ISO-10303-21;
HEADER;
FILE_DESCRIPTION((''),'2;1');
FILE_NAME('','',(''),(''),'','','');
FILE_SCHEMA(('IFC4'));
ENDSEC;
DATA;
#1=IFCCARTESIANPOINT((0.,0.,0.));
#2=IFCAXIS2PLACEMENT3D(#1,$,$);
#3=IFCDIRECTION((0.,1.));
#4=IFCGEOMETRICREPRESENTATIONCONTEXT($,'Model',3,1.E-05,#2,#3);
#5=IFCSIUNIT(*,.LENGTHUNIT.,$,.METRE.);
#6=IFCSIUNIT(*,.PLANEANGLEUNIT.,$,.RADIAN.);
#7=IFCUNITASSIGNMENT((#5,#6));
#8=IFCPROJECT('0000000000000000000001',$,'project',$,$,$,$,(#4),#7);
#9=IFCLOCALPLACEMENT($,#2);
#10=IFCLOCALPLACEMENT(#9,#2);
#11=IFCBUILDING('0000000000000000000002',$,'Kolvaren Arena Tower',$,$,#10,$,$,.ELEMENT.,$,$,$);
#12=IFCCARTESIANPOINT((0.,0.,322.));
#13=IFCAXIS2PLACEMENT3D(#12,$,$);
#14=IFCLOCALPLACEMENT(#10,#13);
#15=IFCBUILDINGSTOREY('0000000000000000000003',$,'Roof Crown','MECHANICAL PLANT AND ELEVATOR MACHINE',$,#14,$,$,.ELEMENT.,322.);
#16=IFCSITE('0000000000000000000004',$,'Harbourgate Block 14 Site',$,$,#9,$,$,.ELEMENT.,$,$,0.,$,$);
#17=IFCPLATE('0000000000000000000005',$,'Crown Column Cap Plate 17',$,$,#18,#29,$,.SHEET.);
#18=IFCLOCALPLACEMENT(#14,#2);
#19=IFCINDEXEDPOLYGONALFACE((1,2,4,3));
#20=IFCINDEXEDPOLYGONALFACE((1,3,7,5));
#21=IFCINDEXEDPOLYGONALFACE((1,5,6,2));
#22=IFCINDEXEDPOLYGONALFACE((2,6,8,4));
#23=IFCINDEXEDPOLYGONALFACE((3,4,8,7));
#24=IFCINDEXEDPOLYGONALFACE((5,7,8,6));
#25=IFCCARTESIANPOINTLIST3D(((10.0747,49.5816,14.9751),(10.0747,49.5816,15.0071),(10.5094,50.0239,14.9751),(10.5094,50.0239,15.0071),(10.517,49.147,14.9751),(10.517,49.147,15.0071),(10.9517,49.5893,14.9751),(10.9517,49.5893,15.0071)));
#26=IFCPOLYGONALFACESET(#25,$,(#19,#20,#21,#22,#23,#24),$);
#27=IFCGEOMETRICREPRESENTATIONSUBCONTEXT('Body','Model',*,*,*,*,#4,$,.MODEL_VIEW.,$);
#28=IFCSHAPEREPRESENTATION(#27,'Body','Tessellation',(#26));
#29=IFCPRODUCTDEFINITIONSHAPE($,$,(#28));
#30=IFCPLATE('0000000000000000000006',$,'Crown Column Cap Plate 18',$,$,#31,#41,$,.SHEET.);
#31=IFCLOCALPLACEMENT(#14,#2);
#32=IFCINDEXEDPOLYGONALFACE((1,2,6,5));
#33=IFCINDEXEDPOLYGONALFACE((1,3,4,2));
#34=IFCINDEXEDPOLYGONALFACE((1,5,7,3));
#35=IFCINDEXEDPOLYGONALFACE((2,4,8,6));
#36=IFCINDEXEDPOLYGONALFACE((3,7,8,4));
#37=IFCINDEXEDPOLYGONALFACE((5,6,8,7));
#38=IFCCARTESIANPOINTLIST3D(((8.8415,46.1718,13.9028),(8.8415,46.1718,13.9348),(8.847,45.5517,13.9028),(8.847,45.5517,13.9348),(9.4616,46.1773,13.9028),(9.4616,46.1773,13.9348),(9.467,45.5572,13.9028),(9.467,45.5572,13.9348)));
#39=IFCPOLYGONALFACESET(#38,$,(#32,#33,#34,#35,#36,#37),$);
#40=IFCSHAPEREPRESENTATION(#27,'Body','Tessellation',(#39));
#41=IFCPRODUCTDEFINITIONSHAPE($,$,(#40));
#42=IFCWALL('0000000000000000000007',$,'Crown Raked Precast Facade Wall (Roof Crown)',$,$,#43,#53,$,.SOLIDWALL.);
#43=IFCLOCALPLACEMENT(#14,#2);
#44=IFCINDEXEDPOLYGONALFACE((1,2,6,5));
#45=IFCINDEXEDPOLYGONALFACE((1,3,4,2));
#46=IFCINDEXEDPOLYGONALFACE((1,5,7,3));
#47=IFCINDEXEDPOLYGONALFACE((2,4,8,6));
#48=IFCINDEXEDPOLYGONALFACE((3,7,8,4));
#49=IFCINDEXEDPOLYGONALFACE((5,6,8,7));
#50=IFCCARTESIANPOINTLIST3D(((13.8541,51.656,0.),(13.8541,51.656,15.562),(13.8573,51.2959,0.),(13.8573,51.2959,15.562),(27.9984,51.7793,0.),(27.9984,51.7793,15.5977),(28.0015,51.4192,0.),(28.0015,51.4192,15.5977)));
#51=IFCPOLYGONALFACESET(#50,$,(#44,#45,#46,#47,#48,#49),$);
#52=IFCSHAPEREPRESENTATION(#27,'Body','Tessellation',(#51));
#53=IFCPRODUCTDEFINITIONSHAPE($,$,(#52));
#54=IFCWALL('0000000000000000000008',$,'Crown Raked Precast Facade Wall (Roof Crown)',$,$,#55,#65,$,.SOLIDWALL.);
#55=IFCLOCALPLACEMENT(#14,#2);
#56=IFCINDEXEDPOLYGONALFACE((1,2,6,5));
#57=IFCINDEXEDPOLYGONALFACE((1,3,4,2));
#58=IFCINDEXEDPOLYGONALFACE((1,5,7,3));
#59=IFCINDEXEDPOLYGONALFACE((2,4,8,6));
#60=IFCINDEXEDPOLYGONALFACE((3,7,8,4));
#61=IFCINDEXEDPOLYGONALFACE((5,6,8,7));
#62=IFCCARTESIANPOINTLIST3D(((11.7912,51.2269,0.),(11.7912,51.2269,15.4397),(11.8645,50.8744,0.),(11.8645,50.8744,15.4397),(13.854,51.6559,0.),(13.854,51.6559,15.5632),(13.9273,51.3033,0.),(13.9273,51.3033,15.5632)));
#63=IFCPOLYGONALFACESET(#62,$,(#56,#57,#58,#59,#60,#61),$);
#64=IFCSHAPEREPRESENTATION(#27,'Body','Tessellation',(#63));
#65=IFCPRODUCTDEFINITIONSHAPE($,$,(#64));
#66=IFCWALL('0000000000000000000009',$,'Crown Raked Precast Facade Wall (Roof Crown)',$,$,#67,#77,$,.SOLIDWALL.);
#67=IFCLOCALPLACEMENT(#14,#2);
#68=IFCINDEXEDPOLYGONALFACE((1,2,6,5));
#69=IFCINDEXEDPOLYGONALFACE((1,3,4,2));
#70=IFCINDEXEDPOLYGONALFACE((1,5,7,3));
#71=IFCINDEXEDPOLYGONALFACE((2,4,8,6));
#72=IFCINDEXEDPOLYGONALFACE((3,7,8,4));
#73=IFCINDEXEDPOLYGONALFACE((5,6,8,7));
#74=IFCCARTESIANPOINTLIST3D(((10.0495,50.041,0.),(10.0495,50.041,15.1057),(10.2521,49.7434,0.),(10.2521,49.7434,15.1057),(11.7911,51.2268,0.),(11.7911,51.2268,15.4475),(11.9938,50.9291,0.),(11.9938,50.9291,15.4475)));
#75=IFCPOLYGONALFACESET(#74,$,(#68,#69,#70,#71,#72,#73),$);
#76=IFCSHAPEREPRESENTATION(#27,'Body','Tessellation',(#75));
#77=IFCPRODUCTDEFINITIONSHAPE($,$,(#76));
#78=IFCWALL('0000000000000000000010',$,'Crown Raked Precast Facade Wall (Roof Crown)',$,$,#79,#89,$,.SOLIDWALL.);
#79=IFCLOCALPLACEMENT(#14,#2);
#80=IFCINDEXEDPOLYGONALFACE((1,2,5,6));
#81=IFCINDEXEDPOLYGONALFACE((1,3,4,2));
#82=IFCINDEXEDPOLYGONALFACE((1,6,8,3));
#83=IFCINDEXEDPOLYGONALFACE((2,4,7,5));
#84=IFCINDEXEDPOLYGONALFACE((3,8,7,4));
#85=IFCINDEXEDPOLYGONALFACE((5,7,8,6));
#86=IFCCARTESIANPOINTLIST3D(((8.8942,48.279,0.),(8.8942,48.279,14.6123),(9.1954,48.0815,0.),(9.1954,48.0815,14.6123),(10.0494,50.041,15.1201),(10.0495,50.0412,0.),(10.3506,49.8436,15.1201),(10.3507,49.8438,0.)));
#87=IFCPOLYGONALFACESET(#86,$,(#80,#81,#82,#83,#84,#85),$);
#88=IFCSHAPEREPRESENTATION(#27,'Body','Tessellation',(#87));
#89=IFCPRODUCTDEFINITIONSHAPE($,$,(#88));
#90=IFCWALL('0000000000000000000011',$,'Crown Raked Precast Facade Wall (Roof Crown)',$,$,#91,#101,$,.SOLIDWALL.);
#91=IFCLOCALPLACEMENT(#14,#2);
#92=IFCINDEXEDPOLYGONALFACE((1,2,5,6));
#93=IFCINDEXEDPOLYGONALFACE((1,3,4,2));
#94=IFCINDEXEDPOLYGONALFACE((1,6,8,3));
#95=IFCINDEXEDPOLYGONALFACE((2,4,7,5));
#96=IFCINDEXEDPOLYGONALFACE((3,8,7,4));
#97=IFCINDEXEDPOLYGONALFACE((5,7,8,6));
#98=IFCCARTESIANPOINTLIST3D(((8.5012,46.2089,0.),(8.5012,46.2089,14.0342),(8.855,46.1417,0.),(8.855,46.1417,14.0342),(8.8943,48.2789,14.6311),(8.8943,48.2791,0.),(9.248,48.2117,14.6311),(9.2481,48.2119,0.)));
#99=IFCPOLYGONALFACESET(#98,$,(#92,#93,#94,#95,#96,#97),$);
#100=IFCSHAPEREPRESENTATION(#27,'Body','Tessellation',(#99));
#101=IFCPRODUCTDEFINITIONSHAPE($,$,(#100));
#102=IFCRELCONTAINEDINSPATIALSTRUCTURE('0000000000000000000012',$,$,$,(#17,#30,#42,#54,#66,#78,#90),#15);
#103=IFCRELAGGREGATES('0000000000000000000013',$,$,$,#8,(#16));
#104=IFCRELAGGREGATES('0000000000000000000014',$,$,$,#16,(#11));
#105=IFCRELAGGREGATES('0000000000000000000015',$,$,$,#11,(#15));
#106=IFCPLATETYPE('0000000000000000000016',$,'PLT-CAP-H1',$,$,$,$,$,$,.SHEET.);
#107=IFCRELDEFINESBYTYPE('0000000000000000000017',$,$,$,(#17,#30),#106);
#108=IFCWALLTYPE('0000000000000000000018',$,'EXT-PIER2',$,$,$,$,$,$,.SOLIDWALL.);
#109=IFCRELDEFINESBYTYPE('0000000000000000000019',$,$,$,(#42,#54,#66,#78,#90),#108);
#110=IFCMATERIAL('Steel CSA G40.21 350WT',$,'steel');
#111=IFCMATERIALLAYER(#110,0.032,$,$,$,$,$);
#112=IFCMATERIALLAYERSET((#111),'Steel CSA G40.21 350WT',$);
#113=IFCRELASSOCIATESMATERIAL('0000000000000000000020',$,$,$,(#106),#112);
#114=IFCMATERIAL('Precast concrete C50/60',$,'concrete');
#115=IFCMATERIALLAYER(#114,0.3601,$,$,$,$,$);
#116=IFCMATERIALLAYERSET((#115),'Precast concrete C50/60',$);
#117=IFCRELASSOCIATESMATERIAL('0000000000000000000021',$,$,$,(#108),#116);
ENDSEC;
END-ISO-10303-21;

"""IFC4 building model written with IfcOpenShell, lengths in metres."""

from ifc_helpers import new_model, si_unit, direction, frame, origin, origin_2d, place, context, subcontext, project, spatial, polyline, rectangle, outline, extrude, material, layer, layer_set, type_object, element, save


model = new_model("IFC4")

# Units and contexts
model_context = context("Model", 3, precision=1e-05, world=origin(), true_north=direction((0.0, 1.0)))
body_context = subcontext(model_context, "Body", "Model", "MODEL_VIEW")
ifc_project = project(units=[si_unit("LENGTHUNIT", "METRE"), si_unit("PLANEANGLEUNIT", "RADIAN")], contexts=[model_context])

# Site, building, storey
site_placement = place(None, origin())
site = spatial("IfcSite", under=ifc_project, at=site_placement, Name="Harbourgate Block 14 Site", CompositionType="ELEMENT", RefElevation=0.0)
building_placement = place(site_placement, origin())
building = spatial("IfcBuilding", under=site, at=building_placement, Name="Kolvaren Arena Tower", CompositionType="ELEMENT")
storey_placement = place(building_placement, frame((0.0, 0.0, 322.0)))
storey = spatial("IfcBuildingStorey", under=building, at=storey_placement, Name="Roof Crown", Description="MECHANICAL PLANT AND ELEVATOR MACHINE", CompositionType="ELEMENT", Elevation=322.0)

# Shared definitions
ifc_material_1 = material(Name="Precast concrete C50/60", Category="concrete")

# Plates
ifc_material_2 = material(Name="Steel CSA G40.21 350WT", Category="steel")
ifc_layer_1 = layer(ifc_material_2, 0.032)
ifc_layer_set_1 = layer_set([ifc_layer_1], Name="Steel CSA G40.21 350WT")
plate_type_1 = type_object("IfcPlateType", Name="PLT-CAP-H1", PredefinedType="SHEET", material=ifc_layer_set_1)
for number, where, z_axis, x_axis, name in (
    (1, (10.5132, 49.5854, 14.9751), (0.0, 0.0, 1.0), (0.700909, 0.71325, 0.0), "Crown Column Cap Plate 17"),
    (2, (9.1543, 45.8645, 13.9028), (0.0, 0.0, 1.0), (-0.008727, 0.999962, 0.0), "Crown Column Cap Plate 18"),
):
    element("IfcPlate", number, at=place(storey_placement, frame(where, z_axis=z_axis, x_axis=x_axis)), inside=storey, type_object=plate_type_1, Name=name, PredefinedType="SHEET", context=body_context, shape_type="SweptSolid", body=[
        extrude(rectangle(XDim=0.6201, YDim=0.6201, at=origin_2d()), origin(), (0.0, 0.0, 1.0), 0.032),
    ])

# Walls
ifc_layer_2 = layer(ifc_material_1, 0.3601)
ifc_layer_set_2 = layer_set([ifc_layer_2], Name="Precast concrete C50/60")
wall_type = type_object("IfcWallType", Name="EXT-PIER2", PredefinedType="SOLIDWALL", material=ifc_layer_set_2)
wall_1_placement = place(storey_placement, frame((13.8557, 51.4758, 0.0), z_axis=(0.0, 0.0, 1.0), x_axis=(0.999962, 0.008716, 0.0)))
element("IfcWall", 3, at=wall_1_placement, inside=storey, type_object=wall_type, Name="Crown Raked Precast Facade Wall (Roof Crown)", PredefinedType="SOLIDWALL", context=body_context, shape_type="SweptSolid", body=[
    extrude(outline(polyline([(0.0, 0.0), (14.1448, 0.0), (14.1448, 15.5977), (0.0, 15.562), (0.0, 0.0)])), frame((0.0, 0.1802, 0.0), z_axis=(0.0, -1.0, 0.0), x_axis=(1.0, 0.0, 0.0)), (0.0, 0.0, 1.0), 0.3601),
])
wall_2_placement = place(storey_placement, frame((11.8279, 51.0505, 0.0), z_axis=(0.0, 0.0, 1.0), x_axis=(0.979055, 0.203598, 0.0)))
element("IfcWall", 4, at=wall_2_placement, inside=storey, type_object=wall_type, Name="Crown Raked Precast Facade Wall (Roof Crown)", PredefinedType="SOLIDWALL", context=body_context, shape_type="SweptSolid", body=[
    extrude(outline(polyline([(0.0, 0.0), (2.1069, 0.0), (2.1069, 15.5632), (0.0, 15.4397), (0.0, 0.0)])), frame((0.0, 0.1802, 0.0), z_axis=(0.0, -1.0, 0.0), x_axis=(1.0, 0.0, 0.0)), (0.0, 0.0, 1.0), 0.3601),
])
wall_3_placement = place(storey_placement, frame((10.1509, 49.8921, 0.0), z_axis=(0.0, 0.0, 1.0), x_axis=(0.82661, 0.562776, 0.0)))
element("IfcWall", 5, at=wall_3_placement, inside=storey, type_object=wall_type, Name="Crown Raked Precast Facade Wall (Roof Crown)", PredefinedType="SOLIDWALL", context=body_context, shape_type="SweptSolid", body=[
    extrude(outline(polyline([(0.0, 0.0), (2.1069, 0.0), (2.1069, 15.4475), (0.0, 15.1057), (0.0, 0.0)])), frame((0.0, 0.1802, 0.0), z_axis=(0.0, -1.0, 0.0), x_axis=(1.0, 0.0, 0.0)), (0.0, 0.0, 1.0), 0.3601),
])
wall_4_placement = place(storey_placement, frame((9.0449, 48.1802, 0.0), z_axis=(0.0, 0.0, 1.0), x_axis=(0.548267, 0.836304, 0.0)))
element("IfcWall", 6, at=wall_4_placement, inside=storey, type_object=wall_type, Name="Crown Raked Precast Facade Wall (Roof Crown)", PredefinedType="SOLIDWALL", context=body_context, shape_type="SweptSolid", body=[
    extrude(outline(polyline([(0.0, 0.0), (2.1072, 0.0), (2.1069, 15.1201), (0.0, 14.6123), (0.0, 0.0)])), frame((0.0, 0.1802, 0.0), z_axis=(0.0, -1.0, 0.0), x_axis=(1.0, 0.0, 0.0)), (0.0, 0.0, 1.0), 0.3601),
])
wall_5_placement = place(storey_placement, frame((8.6782, 46.1753, 0.0), z_axis=(0.0, 0.0, 1.0), x_axis=(0.186548, 0.982446, 0.0)))
element("IfcWall", 7, at=wall_5_placement, inside=storey, type_object=wall_type, Name="Crown Raked Precast Facade Wall (Roof Crown)", PredefinedType="SOLIDWALL", context=body_context, shape_type="SweptSolid", body=[
    extrude(outline(polyline([(0.0, 0.0), (2.1072, 0.0), (2.1069, 14.6311), (0.0, 14.0342), (0.0, 0.0)])), frame((0.0, 0.1802, 0.0), z_axis=(0.0, -1.0, 0.0), x_axis=(1.0, 0.0, 0.0)), (0.0, 0.0, 1.0), 0.3601),
])

save(model, "model.ifc")
